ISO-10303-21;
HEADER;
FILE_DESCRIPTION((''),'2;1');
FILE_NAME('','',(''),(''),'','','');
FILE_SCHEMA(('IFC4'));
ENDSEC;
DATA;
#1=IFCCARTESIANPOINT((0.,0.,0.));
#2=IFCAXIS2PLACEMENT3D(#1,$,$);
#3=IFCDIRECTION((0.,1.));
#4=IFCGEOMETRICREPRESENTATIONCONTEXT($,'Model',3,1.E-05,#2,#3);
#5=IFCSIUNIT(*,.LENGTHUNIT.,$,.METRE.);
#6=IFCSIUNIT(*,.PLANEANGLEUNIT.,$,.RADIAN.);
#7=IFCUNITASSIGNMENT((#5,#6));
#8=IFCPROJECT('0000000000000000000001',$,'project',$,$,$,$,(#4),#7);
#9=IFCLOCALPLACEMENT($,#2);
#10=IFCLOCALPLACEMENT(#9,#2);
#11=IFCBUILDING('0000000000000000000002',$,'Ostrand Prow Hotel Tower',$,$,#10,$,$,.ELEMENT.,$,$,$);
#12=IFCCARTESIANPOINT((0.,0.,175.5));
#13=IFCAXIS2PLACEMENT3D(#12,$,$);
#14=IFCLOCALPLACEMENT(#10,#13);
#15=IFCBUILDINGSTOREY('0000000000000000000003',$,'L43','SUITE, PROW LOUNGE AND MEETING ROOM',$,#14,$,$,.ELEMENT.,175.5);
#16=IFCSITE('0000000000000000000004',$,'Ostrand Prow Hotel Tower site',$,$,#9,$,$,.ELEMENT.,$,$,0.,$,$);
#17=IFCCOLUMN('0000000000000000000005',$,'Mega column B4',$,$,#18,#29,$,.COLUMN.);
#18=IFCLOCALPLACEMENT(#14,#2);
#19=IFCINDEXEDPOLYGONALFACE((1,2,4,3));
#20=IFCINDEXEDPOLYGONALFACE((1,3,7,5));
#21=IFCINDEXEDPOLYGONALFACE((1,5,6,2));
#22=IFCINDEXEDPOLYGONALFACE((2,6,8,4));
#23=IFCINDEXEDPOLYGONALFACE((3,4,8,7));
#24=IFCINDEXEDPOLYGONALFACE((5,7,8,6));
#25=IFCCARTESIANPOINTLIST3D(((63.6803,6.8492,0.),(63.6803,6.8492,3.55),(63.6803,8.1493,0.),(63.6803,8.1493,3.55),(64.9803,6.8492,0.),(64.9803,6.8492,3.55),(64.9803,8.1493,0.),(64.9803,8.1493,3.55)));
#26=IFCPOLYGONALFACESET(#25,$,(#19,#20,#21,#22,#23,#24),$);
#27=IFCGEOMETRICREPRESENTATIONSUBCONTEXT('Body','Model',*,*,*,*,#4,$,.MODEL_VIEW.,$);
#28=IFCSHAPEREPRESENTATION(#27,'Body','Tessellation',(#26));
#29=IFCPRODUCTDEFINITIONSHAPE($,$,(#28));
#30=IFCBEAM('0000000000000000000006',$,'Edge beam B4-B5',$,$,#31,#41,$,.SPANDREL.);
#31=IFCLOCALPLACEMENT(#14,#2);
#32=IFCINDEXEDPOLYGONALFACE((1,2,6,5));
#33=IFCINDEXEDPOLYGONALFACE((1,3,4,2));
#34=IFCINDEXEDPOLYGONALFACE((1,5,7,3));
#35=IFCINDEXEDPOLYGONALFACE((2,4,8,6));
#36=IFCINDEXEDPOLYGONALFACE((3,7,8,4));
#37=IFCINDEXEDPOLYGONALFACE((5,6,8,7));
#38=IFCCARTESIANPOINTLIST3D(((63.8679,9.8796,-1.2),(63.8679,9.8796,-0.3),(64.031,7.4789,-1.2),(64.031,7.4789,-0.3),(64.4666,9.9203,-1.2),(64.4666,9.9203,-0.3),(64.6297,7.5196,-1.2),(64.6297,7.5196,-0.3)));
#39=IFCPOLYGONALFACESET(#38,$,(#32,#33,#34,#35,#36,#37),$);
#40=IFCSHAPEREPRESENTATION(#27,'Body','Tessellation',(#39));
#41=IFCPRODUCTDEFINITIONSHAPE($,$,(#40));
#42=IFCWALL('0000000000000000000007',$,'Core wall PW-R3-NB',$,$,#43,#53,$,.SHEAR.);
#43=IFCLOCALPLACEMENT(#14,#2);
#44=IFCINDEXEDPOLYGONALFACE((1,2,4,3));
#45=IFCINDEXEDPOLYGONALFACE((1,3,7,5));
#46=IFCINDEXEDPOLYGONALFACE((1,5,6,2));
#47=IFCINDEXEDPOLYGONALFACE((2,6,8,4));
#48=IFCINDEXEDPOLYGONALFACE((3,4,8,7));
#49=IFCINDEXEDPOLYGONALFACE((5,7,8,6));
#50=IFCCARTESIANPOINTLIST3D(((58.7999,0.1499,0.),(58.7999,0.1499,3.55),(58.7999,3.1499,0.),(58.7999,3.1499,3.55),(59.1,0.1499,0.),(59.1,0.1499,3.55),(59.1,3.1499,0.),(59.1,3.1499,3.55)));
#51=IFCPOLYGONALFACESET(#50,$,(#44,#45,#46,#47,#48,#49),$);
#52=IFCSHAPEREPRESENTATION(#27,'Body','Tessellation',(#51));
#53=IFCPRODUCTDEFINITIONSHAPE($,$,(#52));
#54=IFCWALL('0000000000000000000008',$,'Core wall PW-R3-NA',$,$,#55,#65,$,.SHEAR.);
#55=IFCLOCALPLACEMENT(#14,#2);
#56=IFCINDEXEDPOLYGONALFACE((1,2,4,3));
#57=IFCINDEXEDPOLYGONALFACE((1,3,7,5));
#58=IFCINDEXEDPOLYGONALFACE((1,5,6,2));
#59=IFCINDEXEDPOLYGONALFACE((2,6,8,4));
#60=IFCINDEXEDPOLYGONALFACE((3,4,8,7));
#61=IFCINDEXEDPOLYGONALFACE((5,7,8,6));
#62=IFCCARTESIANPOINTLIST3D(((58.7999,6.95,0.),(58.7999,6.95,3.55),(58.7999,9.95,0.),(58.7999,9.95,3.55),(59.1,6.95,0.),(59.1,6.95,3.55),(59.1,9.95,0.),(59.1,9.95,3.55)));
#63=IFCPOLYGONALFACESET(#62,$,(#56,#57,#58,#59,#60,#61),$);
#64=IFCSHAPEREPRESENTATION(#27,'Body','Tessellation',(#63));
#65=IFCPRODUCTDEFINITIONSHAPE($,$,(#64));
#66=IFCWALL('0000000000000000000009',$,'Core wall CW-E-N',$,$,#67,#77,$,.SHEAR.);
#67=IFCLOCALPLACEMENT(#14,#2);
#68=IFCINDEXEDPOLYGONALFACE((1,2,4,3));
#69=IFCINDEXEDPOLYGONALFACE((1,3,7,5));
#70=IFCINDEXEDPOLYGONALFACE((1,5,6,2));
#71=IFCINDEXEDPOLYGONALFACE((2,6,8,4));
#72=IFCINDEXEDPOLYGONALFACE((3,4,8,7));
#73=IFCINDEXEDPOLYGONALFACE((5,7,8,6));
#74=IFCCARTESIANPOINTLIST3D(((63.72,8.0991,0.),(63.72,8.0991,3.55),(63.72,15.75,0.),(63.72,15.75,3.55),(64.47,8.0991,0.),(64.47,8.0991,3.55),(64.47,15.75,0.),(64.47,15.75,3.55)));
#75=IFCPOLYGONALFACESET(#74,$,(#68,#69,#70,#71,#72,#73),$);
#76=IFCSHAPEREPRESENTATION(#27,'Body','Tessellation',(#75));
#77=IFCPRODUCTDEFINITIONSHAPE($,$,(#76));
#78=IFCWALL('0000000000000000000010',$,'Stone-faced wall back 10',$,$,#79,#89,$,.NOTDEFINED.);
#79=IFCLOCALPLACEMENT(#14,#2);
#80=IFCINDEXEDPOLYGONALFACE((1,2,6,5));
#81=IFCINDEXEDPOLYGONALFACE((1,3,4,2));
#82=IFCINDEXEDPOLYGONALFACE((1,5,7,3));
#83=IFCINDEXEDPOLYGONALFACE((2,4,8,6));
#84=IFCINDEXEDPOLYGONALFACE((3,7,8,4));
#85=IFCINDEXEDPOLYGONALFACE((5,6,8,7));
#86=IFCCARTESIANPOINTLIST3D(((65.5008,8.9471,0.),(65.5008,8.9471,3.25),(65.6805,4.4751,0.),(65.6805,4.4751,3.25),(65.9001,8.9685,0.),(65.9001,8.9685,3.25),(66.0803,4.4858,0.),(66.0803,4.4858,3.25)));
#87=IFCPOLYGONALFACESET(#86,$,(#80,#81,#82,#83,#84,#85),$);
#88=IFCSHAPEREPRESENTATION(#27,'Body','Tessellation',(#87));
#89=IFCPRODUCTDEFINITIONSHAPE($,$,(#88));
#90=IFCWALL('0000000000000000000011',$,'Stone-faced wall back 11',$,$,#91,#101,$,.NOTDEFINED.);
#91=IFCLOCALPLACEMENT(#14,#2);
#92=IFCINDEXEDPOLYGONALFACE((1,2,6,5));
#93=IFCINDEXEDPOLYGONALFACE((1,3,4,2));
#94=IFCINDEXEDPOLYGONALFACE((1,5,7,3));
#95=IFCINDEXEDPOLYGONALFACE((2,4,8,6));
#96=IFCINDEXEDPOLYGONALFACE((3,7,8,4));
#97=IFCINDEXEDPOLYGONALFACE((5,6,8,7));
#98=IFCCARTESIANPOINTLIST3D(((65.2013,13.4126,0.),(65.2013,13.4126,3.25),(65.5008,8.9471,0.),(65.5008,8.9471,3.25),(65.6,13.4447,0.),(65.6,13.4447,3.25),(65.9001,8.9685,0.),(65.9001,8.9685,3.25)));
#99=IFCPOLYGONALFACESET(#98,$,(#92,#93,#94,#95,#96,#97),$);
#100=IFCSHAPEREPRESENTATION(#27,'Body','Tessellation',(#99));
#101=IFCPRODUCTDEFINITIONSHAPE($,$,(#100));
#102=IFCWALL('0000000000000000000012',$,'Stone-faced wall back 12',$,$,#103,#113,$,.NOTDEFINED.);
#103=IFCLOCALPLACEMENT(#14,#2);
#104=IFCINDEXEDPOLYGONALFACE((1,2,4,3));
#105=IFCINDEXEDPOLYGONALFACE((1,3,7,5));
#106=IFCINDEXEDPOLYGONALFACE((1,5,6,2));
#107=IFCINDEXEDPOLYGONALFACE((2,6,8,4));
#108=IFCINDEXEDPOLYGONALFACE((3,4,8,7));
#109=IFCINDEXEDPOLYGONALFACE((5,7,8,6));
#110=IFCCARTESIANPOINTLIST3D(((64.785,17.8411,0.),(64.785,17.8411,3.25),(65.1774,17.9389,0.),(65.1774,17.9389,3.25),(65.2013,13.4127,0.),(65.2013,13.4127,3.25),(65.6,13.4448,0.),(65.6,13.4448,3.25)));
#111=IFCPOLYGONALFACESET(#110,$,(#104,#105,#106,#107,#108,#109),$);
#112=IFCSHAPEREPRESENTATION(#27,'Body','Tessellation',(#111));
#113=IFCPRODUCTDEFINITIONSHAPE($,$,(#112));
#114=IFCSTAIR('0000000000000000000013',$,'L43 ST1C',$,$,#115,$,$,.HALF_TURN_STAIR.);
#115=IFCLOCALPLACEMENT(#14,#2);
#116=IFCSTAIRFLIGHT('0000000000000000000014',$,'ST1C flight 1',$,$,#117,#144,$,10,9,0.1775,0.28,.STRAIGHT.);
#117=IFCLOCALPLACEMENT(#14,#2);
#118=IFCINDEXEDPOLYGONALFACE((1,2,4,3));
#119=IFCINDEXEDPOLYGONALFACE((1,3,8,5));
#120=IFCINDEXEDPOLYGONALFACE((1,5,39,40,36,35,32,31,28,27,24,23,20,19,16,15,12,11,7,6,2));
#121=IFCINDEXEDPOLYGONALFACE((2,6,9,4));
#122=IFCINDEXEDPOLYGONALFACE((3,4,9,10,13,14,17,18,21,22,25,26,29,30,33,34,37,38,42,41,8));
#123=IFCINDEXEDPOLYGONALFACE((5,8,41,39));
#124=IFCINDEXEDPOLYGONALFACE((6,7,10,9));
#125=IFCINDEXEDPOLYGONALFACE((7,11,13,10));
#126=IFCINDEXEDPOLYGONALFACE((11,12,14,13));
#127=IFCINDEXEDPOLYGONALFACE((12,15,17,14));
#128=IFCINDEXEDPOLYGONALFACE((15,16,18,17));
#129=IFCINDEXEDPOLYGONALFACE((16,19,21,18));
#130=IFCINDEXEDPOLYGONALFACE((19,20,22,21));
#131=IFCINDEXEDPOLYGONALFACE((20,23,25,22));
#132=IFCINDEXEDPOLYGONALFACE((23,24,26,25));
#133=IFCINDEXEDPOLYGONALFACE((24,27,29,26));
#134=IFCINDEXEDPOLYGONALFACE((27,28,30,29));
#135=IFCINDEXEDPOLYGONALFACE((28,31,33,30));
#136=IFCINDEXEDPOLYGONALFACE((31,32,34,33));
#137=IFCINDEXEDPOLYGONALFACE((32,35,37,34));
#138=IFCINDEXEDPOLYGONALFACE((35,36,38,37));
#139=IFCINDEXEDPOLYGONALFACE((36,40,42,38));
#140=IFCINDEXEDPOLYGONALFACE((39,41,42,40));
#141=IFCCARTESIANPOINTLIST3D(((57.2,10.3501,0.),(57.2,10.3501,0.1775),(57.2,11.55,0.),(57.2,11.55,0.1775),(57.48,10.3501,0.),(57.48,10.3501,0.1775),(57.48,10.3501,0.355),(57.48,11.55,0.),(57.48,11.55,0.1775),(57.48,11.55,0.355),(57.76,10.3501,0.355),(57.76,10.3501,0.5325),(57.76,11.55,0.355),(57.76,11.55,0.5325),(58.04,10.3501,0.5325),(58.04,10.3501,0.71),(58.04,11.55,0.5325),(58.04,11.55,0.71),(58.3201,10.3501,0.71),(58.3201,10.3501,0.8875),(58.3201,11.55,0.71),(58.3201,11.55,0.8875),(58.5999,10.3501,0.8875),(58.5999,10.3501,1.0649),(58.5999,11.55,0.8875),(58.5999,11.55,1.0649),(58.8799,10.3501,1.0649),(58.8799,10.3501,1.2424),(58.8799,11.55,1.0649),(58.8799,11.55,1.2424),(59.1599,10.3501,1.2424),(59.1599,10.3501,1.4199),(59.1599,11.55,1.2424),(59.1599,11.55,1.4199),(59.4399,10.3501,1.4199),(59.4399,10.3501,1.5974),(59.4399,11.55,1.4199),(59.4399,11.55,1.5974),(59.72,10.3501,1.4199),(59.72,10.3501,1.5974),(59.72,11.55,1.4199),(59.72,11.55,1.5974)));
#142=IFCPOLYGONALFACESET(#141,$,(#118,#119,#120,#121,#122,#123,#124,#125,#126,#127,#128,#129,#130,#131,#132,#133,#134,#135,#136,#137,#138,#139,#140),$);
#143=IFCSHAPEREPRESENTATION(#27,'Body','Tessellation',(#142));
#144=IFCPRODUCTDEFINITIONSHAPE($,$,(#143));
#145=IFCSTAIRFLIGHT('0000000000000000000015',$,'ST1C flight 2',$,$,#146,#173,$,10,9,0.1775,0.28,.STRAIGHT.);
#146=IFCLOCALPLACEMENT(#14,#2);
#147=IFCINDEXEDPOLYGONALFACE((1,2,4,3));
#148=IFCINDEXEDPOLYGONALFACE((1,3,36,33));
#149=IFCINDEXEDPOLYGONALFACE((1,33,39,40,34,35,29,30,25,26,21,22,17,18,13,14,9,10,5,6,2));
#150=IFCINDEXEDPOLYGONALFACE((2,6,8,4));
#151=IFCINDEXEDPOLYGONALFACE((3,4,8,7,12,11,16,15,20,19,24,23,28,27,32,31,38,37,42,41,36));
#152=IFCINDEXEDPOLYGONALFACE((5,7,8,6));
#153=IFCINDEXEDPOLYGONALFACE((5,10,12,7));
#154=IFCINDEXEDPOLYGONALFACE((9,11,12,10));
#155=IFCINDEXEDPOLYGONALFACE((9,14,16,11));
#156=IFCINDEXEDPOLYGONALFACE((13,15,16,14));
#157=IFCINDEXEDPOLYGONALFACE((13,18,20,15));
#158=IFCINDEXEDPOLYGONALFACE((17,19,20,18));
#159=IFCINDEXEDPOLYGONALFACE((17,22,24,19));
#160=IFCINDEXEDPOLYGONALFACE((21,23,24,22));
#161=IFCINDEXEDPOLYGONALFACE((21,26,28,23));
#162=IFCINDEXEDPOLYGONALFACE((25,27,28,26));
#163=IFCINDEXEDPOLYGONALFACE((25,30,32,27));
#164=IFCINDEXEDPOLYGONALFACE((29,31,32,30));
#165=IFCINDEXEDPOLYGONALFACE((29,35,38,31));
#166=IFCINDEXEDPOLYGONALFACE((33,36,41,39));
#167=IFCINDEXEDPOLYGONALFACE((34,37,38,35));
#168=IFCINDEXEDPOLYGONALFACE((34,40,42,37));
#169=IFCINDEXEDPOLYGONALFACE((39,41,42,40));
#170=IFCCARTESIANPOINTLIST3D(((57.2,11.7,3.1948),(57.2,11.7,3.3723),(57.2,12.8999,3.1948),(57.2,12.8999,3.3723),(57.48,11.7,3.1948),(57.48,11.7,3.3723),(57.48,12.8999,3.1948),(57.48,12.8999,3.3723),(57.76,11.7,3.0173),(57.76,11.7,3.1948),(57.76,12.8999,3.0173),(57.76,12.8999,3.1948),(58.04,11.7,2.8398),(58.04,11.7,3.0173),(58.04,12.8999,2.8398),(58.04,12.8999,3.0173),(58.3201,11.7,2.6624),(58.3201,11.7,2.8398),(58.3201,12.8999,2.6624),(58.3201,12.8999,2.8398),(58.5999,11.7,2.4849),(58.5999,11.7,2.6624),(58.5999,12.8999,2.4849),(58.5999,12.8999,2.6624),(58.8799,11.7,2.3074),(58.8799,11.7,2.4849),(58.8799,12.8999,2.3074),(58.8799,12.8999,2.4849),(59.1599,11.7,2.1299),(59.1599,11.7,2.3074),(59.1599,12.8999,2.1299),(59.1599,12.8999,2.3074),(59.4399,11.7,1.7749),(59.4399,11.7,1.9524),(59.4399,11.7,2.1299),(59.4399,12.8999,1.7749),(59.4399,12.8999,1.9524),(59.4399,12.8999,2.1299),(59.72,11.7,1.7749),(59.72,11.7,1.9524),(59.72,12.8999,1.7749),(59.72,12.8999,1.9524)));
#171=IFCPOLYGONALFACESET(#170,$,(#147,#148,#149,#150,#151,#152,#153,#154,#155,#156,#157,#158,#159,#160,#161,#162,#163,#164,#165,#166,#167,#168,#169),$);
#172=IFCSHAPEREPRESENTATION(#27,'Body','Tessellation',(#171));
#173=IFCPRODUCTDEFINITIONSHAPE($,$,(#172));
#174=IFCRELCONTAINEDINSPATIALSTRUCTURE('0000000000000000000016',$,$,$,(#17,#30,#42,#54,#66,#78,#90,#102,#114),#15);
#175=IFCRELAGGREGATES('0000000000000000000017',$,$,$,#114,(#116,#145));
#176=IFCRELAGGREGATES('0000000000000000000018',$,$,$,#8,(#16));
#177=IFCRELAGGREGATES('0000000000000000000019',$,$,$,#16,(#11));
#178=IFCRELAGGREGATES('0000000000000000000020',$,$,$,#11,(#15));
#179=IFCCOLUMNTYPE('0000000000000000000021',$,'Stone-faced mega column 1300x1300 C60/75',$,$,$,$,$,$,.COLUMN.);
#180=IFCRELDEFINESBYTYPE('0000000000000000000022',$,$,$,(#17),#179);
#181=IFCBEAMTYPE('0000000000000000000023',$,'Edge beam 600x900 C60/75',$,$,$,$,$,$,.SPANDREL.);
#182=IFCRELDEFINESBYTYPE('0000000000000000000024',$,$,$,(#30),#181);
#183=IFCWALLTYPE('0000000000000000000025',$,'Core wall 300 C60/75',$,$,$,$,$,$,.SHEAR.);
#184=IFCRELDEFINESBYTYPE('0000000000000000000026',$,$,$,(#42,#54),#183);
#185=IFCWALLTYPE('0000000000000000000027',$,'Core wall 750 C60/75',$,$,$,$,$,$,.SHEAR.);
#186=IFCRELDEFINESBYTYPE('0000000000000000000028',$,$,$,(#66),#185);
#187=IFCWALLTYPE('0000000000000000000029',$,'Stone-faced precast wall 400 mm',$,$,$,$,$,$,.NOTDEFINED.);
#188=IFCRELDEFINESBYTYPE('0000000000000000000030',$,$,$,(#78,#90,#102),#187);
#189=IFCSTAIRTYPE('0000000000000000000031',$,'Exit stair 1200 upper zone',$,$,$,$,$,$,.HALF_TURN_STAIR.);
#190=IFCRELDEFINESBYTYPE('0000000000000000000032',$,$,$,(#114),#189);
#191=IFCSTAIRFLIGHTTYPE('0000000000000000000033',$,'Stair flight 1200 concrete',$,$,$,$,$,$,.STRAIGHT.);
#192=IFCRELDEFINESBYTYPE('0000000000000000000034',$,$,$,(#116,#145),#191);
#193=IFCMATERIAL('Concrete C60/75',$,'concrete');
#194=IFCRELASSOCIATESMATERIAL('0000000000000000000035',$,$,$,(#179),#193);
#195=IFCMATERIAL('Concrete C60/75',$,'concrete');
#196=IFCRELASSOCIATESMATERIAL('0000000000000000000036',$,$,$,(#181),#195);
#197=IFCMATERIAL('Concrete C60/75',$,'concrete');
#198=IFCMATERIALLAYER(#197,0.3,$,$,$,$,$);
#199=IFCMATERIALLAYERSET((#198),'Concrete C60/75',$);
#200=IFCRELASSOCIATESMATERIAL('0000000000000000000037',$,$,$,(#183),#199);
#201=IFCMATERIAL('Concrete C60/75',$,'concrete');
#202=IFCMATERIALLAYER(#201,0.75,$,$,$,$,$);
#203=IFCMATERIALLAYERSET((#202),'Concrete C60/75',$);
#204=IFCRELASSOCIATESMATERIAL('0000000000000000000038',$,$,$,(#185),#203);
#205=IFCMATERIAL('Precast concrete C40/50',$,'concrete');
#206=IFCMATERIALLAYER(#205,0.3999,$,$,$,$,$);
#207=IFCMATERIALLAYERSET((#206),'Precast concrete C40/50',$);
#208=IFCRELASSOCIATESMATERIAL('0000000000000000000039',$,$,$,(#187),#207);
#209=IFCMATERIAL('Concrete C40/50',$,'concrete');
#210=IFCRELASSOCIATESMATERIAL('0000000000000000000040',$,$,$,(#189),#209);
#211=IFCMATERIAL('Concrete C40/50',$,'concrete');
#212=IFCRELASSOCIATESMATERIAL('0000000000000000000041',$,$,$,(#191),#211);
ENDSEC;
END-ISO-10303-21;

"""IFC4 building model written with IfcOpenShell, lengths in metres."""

from ifc_helpers import new_model, si_unit, direction, frame, frame_2d, origin, origin_2d, place, context, subcontext, project, spatial, polyline, rectangle, outline, extrude, material, layer, layer_set, material_profile, profile_set, type_object, element, aggregate, save


model = new_model("IFC4")

# Units and contexts
model_context = context("Model", 3, precision=1e-05, world=origin(), true_north=direction((0.0, 1.0)))
body_context = subcontext(model_context, "Body", "Model", "MODEL_VIEW")
ifc_project = project(units=[si_unit("LENGTHUNIT", "METRE"), si_unit("PLANEANGLEUNIT", "RADIAN")], contexts=[model_context])

# Site, building, storey
site_placement = place(None, origin())
site = spatial("IfcSite", under=ifc_project, at=site_placement, Name="Ostrand Prow Hotel Tower site", CompositionType="ELEMENT", RefElevation=0.0)
building_placement = place(site_placement, origin())
building = spatial("IfcBuilding", under=site, at=building_placement, Name="Ostrand Prow Hotel Tower", CompositionType="ELEMENT")
storey_placement = place(building_placement, frame((0.0, 0.0, 175.5)))
storey = spatial("IfcBuildingStorey", under=building, at=storey_placement, Name="L43", Description="SUITE, PROW LOUNGE AND MEETING ROOM", CompositionType="ELEMENT", Elevation=175.5)

# Column
ifc_material_1 = material(Name="Concrete C60/75", Category="concrete")
ifc_material_profile_1 = material_profile(ifc_material_1, rectangle(XDim=1.3, YDim=1.3, at=origin_2d()), Name="RC 1300x1300")
ifc_profile_set_1 = profile_set([ifc_material_profile_1], Name="Concrete C60/75")
column_type = type_object("IfcColumnType", Name="Stone-faced mega column 1300x1300 C60/75", PredefinedType="COLUMN", material=ifc_profile_set_1)
column_placement = place(storey_placement, frame((64.3303, 7.4993, 0.0), z_axis=(0.0, 0.0, 1.0), x_axis=(1.0, 0.0, 0.0)))
element("IfcColumn", 1, at=column_placement, inside=storey, type_object=column_type, Name="Mega column B4", PredefinedType="COLUMN", context=body_context, shape_type="SweptSolid", body=[
    extrude(rectangle(XDim=1.3, YDim=1.3, at=origin_2d()), origin(), (0.0, 0.0, 1.0), 3.55),
])

# Beam
ifc_material_2 = material(Name="Concrete C60/75", Category="concrete")
ifc_material_profile_2 = material_profile(ifc_material_2, rectangle(XDim=0.6001, YDim=0.8999, at=origin_2d()), Name="RC 600x900")
ifc_profile_set_2 = profile_set([ifc_material_profile_2], Name="Concrete C60/75")
beam_type = type_object("IfcBeamType", Name="Edge beam 600x900 C60/75", PredefinedType="SPANDREL", material=ifc_profile_set_2)
beam_placement = place(storey_placement, frame((64.3303, 7.4993, -0.75), z_axis=(-0.067778, 0.9977, 0.0), x_axis=(-0.9977, -0.067778, 0.0)))
element("IfcBeam", 2, at=beam_placement, inside=storey, type_object=beam_type, Name="Edge beam B4-B5", PredefinedType="SPANDREL", context=body_context, shape_type="SweptSolid", body=[
    extrude(rectangle(XDim=0.6001, YDim=0.8999, at=origin_2d()), origin(), (0.0, 0.0, 1.0), 2.4062),
])

# Walls
ifc_material_3 = material(Name="Concrete C60/75", Category="concrete")
ifc_layer_1 = layer(ifc_material_3, 0.3)
ifc_layer_set_1 = layer_set([ifc_layer_1], Name="Concrete C60/75")
wall_type_1 = type_object("IfcWallType", Name="Core wall 300 C60/75", PredefinedType="SHEAR", material=ifc_layer_set_1)
for number, where, z_axis, x_axis, name in (
    (3, (58.95, 0.1499, 0.0), (0.0, 0.0, 1.0), (0.0, 1.0, 0.0), "Core wall PW-R3-NB"),
    (4, (58.95, 6.95, 0.0), (0.0, 0.0, 1.0), (0.0, 1.0, 0.0), "Core wall PW-R3-NA"),
):
    element("IfcWall", number, at=place(storey_placement, frame(where, z_axis=z_axis, x_axis=x_axis)), inside=storey, type_object=wall_type_1, Name=name, PredefinedType="SHEAR", context=body_context, shape_type="SweptSolid", body=[
        extrude(rectangle(XDim=3.0, YDim=0.3, at=frame_2d((1.5, 0.0))), origin(), (0.0, 0.0, 1.0), 3.55),
    ])
ifc_material_4 = material(Name="Concrete C60/75", Category="concrete")
ifc_layer_2 = layer(ifc_material_4, 0.75)
ifc_layer_set_2 = layer_set([ifc_layer_2], Name="Concrete C60/75")
wall_type_2 = type_object("IfcWallType", Name="Core wall 750 C60/75", PredefinedType="SHEAR", material=ifc_layer_set_2)
wall_1_placement = place(storey_placement, frame((64.095, 8.0991, 0.0), z_axis=(0.0, 0.0, 1.0), x_axis=(0.0, 1.0, 0.0)))
element("IfcWall", 5, at=wall_1_placement, inside=storey, type_object=wall_type_2, Name="Core wall CW-E-N", PredefinedType="SHEAR", context=body_context, shape_type="SweptSolid", body=[
    extrude(rectangle(XDim=7.6509, YDim=0.75, at=frame_2d((3.8254, 0.0))), origin(), (0.0, 0.0, 1.0), 3.55),
])
ifc_material_5 = material(Name="Precast concrete C40/50", Category="concrete")
ifc_layer_3 = layer(ifc_material_5, 0.3999)
ifc_layer_set_3 = layer_set([ifc_layer_3], Name="Precast concrete C40/50")
wall_type_3 = type_object("IfcWallType", Name="Stone-faced precast wall 400 mm", PredefinedType="NOTDEFINED", material=ifc_layer_set_3)
for number, where, z_axis, x_axis, name in (
    (6, (65.8804, 4.4805, 0.0), (0.0, 0.0, 1.0), (-0.040155, 0.999193, 0.0), "Stone-faced wall back 10"),
    (7, (65.7004, 8.9578, 0.0), (0.0, 0.0, 1.0), (-0.066906, 0.997759, 0.0), "Stone-faced wall back 11"),
):
    element("IfcWall", number, at=place(storey_placement, frame(where, z_axis=z_axis, x_axis=x_axis)), inside=storey, type_object=wall_type_3, Name=name, PredefinedType="NOTDEFINED", context=body_context, shape_type="SweptSolid", body=[
        extrude(outline(polyline([(-0.0027, -0.2), (4.4836, -0.2), (4.4783, 0.2), (0.0027, 0.2), (-0.0027, -0.2)])), origin(), (0.0, 0.0, 1.0), 3.25),
    ])
wall_2_placement = place(storey_placement, frame((65.4006, 13.4287, 0.0), z_axis=(0.0, 0.0, 1.0), x_axis=(-0.093606, 0.995609, 0.0)))
element("IfcWall", 8, at=wall_2_placement, inside=storey, type_object=wall_type_3, Name="Stone-faced wall back 12", PredefinedType="NOTDEFINED", context=body_context, shape_type="SweptSolid", body=[
    extrude(outline(polyline([(-0.0027, -0.2), (4.5112, -0.2), (4.4507, 0.2), (0.0027, 0.2), (-0.0027, -0.2)])), origin(), (0.0, 0.0, 1.0), 3.25),
])

# Stair, stair flights
ifc_material_6 = material(Name="Concrete C40/50", Category="concrete")
stair_type = type_object("IfcStairType", Name="Exit stair 1200 upper zone", PredefinedType="HALF_TURN_STAIR", material=ifc_material_6)
stair_1_placement = place(storey_placement, origin())
stair_1 = element("IfcStair", 9, at=stair_1_placement, inside=storey, type_object=stair_type, Name="L43 ST1C", PredefinedType="HALF_TURN_STAIR")
ifc_material_7 = material(Name="Concrete C40/50", Category="concrete")
stair_flight_type = type_object("IfcStairFlightType", Name="Stair flight 1200 concrete", PredefinedType="STRAIGHT", material=ifc_material_7)
stair_flight_1_placement = place(storey_placement, frame((57.2, 10.95, 0.0), z_axis=(0.0, 0.0, 1.0), x_axis=(1.0, 0.0, 0.0)))
stair_flight_1 = element("IfcStairFlight", 10, at=stair_flight_1_placement, type_object=stair_flight_type, Name="ST1C flight 1", NumberOfRisers=10, NumberOfTreads=9, PredefinedType="STRAIGHT", RiserHeight=0.1775, TreadLength=0.28, context=body_context, shape_type="SweptSolid", body=[
    extrude(outline(polyline([(0.0, 0.0), (0.0, 0.1775), (0.28, 0.1775), (0.28, 0.355), (0.5601, 0.355), (0.5601, 0.5325), (0.8401, 0.5325), (0.8401, 0.71), (1.1201, 0.71), (1.1201, 0.8875), (1.3999, 0.8875), (1.3999, 1.0649), (1.6799, 1.0649), (1.6799, 1.2424), (1.96, 1.2424), (1.96, 1.4199), (2.24, 1.4199), (2.24, 1.5974), (2.52, 1.5974), (2.52, 1.7749), (2.52, 1.4199), (0.28, 0.0), (0.0, 0.0)])), frame((0.0, 0.6001, 0.0), z_axis=(0.0, -1.0, 0.0), x_axis=(1.0, 0.0, 0.0)), (0.0, 0.0, 1.0), 1.2),
])
stair_flight_2_placement = place(storey_placement, frame((59.72, 12.3, 1.7749), z_axis=(0.0, 0.0, 1.0), x_axis=(-1.0, 0.0, 0.0)))
stair_flight_2 = element("IfcStairFlight", 11, at=stair_flight_2_placement, type_object=stair_flight_type, Name="ST1C flight 2", NumberOfRisers=10, NumberOfTreads=9, PredefinedType="STRAIGHT", RiserHeight=0.1775, TreadLength=0.28, context=body_context, shape_type="SweptSolid", body=[
    extrude(outline(polyline([(0.0, 0.0), (0.0, 0.1775), (0.28, 0.1775), (0.28, 0.355), (0.5601, 0.355), (0.5601, 0.5325), (0.8401, 0.5325), (0.8401, 0.71), (1.1201, 0.71), (1.1201, 0.8875), (1.3999, 0.8875), (1.3999, 1.0649), (1.6799, 1.0649), (1.6799, 1.2424), (1.96, 1.2424), (1.96, 1.4199), (2.24, 1.4199), (2.24, 1.5974), (2.52, 1.5974), (2.52, 1.7749), (2.52, 1.4199), (0.28, 0.0), (0.0, 0.0)])), frame((0.0, 0.6001, 0.0), z_axis=(0.0, -1.0, 0.0), x_axis=(1.0, 0.0, 0.0)), (0.0, 0.0, 1.0), 1.2),
])
aggregate(stair_1, [stair_flight_1, stair_flight_2])

save(model, "model.ifc")
